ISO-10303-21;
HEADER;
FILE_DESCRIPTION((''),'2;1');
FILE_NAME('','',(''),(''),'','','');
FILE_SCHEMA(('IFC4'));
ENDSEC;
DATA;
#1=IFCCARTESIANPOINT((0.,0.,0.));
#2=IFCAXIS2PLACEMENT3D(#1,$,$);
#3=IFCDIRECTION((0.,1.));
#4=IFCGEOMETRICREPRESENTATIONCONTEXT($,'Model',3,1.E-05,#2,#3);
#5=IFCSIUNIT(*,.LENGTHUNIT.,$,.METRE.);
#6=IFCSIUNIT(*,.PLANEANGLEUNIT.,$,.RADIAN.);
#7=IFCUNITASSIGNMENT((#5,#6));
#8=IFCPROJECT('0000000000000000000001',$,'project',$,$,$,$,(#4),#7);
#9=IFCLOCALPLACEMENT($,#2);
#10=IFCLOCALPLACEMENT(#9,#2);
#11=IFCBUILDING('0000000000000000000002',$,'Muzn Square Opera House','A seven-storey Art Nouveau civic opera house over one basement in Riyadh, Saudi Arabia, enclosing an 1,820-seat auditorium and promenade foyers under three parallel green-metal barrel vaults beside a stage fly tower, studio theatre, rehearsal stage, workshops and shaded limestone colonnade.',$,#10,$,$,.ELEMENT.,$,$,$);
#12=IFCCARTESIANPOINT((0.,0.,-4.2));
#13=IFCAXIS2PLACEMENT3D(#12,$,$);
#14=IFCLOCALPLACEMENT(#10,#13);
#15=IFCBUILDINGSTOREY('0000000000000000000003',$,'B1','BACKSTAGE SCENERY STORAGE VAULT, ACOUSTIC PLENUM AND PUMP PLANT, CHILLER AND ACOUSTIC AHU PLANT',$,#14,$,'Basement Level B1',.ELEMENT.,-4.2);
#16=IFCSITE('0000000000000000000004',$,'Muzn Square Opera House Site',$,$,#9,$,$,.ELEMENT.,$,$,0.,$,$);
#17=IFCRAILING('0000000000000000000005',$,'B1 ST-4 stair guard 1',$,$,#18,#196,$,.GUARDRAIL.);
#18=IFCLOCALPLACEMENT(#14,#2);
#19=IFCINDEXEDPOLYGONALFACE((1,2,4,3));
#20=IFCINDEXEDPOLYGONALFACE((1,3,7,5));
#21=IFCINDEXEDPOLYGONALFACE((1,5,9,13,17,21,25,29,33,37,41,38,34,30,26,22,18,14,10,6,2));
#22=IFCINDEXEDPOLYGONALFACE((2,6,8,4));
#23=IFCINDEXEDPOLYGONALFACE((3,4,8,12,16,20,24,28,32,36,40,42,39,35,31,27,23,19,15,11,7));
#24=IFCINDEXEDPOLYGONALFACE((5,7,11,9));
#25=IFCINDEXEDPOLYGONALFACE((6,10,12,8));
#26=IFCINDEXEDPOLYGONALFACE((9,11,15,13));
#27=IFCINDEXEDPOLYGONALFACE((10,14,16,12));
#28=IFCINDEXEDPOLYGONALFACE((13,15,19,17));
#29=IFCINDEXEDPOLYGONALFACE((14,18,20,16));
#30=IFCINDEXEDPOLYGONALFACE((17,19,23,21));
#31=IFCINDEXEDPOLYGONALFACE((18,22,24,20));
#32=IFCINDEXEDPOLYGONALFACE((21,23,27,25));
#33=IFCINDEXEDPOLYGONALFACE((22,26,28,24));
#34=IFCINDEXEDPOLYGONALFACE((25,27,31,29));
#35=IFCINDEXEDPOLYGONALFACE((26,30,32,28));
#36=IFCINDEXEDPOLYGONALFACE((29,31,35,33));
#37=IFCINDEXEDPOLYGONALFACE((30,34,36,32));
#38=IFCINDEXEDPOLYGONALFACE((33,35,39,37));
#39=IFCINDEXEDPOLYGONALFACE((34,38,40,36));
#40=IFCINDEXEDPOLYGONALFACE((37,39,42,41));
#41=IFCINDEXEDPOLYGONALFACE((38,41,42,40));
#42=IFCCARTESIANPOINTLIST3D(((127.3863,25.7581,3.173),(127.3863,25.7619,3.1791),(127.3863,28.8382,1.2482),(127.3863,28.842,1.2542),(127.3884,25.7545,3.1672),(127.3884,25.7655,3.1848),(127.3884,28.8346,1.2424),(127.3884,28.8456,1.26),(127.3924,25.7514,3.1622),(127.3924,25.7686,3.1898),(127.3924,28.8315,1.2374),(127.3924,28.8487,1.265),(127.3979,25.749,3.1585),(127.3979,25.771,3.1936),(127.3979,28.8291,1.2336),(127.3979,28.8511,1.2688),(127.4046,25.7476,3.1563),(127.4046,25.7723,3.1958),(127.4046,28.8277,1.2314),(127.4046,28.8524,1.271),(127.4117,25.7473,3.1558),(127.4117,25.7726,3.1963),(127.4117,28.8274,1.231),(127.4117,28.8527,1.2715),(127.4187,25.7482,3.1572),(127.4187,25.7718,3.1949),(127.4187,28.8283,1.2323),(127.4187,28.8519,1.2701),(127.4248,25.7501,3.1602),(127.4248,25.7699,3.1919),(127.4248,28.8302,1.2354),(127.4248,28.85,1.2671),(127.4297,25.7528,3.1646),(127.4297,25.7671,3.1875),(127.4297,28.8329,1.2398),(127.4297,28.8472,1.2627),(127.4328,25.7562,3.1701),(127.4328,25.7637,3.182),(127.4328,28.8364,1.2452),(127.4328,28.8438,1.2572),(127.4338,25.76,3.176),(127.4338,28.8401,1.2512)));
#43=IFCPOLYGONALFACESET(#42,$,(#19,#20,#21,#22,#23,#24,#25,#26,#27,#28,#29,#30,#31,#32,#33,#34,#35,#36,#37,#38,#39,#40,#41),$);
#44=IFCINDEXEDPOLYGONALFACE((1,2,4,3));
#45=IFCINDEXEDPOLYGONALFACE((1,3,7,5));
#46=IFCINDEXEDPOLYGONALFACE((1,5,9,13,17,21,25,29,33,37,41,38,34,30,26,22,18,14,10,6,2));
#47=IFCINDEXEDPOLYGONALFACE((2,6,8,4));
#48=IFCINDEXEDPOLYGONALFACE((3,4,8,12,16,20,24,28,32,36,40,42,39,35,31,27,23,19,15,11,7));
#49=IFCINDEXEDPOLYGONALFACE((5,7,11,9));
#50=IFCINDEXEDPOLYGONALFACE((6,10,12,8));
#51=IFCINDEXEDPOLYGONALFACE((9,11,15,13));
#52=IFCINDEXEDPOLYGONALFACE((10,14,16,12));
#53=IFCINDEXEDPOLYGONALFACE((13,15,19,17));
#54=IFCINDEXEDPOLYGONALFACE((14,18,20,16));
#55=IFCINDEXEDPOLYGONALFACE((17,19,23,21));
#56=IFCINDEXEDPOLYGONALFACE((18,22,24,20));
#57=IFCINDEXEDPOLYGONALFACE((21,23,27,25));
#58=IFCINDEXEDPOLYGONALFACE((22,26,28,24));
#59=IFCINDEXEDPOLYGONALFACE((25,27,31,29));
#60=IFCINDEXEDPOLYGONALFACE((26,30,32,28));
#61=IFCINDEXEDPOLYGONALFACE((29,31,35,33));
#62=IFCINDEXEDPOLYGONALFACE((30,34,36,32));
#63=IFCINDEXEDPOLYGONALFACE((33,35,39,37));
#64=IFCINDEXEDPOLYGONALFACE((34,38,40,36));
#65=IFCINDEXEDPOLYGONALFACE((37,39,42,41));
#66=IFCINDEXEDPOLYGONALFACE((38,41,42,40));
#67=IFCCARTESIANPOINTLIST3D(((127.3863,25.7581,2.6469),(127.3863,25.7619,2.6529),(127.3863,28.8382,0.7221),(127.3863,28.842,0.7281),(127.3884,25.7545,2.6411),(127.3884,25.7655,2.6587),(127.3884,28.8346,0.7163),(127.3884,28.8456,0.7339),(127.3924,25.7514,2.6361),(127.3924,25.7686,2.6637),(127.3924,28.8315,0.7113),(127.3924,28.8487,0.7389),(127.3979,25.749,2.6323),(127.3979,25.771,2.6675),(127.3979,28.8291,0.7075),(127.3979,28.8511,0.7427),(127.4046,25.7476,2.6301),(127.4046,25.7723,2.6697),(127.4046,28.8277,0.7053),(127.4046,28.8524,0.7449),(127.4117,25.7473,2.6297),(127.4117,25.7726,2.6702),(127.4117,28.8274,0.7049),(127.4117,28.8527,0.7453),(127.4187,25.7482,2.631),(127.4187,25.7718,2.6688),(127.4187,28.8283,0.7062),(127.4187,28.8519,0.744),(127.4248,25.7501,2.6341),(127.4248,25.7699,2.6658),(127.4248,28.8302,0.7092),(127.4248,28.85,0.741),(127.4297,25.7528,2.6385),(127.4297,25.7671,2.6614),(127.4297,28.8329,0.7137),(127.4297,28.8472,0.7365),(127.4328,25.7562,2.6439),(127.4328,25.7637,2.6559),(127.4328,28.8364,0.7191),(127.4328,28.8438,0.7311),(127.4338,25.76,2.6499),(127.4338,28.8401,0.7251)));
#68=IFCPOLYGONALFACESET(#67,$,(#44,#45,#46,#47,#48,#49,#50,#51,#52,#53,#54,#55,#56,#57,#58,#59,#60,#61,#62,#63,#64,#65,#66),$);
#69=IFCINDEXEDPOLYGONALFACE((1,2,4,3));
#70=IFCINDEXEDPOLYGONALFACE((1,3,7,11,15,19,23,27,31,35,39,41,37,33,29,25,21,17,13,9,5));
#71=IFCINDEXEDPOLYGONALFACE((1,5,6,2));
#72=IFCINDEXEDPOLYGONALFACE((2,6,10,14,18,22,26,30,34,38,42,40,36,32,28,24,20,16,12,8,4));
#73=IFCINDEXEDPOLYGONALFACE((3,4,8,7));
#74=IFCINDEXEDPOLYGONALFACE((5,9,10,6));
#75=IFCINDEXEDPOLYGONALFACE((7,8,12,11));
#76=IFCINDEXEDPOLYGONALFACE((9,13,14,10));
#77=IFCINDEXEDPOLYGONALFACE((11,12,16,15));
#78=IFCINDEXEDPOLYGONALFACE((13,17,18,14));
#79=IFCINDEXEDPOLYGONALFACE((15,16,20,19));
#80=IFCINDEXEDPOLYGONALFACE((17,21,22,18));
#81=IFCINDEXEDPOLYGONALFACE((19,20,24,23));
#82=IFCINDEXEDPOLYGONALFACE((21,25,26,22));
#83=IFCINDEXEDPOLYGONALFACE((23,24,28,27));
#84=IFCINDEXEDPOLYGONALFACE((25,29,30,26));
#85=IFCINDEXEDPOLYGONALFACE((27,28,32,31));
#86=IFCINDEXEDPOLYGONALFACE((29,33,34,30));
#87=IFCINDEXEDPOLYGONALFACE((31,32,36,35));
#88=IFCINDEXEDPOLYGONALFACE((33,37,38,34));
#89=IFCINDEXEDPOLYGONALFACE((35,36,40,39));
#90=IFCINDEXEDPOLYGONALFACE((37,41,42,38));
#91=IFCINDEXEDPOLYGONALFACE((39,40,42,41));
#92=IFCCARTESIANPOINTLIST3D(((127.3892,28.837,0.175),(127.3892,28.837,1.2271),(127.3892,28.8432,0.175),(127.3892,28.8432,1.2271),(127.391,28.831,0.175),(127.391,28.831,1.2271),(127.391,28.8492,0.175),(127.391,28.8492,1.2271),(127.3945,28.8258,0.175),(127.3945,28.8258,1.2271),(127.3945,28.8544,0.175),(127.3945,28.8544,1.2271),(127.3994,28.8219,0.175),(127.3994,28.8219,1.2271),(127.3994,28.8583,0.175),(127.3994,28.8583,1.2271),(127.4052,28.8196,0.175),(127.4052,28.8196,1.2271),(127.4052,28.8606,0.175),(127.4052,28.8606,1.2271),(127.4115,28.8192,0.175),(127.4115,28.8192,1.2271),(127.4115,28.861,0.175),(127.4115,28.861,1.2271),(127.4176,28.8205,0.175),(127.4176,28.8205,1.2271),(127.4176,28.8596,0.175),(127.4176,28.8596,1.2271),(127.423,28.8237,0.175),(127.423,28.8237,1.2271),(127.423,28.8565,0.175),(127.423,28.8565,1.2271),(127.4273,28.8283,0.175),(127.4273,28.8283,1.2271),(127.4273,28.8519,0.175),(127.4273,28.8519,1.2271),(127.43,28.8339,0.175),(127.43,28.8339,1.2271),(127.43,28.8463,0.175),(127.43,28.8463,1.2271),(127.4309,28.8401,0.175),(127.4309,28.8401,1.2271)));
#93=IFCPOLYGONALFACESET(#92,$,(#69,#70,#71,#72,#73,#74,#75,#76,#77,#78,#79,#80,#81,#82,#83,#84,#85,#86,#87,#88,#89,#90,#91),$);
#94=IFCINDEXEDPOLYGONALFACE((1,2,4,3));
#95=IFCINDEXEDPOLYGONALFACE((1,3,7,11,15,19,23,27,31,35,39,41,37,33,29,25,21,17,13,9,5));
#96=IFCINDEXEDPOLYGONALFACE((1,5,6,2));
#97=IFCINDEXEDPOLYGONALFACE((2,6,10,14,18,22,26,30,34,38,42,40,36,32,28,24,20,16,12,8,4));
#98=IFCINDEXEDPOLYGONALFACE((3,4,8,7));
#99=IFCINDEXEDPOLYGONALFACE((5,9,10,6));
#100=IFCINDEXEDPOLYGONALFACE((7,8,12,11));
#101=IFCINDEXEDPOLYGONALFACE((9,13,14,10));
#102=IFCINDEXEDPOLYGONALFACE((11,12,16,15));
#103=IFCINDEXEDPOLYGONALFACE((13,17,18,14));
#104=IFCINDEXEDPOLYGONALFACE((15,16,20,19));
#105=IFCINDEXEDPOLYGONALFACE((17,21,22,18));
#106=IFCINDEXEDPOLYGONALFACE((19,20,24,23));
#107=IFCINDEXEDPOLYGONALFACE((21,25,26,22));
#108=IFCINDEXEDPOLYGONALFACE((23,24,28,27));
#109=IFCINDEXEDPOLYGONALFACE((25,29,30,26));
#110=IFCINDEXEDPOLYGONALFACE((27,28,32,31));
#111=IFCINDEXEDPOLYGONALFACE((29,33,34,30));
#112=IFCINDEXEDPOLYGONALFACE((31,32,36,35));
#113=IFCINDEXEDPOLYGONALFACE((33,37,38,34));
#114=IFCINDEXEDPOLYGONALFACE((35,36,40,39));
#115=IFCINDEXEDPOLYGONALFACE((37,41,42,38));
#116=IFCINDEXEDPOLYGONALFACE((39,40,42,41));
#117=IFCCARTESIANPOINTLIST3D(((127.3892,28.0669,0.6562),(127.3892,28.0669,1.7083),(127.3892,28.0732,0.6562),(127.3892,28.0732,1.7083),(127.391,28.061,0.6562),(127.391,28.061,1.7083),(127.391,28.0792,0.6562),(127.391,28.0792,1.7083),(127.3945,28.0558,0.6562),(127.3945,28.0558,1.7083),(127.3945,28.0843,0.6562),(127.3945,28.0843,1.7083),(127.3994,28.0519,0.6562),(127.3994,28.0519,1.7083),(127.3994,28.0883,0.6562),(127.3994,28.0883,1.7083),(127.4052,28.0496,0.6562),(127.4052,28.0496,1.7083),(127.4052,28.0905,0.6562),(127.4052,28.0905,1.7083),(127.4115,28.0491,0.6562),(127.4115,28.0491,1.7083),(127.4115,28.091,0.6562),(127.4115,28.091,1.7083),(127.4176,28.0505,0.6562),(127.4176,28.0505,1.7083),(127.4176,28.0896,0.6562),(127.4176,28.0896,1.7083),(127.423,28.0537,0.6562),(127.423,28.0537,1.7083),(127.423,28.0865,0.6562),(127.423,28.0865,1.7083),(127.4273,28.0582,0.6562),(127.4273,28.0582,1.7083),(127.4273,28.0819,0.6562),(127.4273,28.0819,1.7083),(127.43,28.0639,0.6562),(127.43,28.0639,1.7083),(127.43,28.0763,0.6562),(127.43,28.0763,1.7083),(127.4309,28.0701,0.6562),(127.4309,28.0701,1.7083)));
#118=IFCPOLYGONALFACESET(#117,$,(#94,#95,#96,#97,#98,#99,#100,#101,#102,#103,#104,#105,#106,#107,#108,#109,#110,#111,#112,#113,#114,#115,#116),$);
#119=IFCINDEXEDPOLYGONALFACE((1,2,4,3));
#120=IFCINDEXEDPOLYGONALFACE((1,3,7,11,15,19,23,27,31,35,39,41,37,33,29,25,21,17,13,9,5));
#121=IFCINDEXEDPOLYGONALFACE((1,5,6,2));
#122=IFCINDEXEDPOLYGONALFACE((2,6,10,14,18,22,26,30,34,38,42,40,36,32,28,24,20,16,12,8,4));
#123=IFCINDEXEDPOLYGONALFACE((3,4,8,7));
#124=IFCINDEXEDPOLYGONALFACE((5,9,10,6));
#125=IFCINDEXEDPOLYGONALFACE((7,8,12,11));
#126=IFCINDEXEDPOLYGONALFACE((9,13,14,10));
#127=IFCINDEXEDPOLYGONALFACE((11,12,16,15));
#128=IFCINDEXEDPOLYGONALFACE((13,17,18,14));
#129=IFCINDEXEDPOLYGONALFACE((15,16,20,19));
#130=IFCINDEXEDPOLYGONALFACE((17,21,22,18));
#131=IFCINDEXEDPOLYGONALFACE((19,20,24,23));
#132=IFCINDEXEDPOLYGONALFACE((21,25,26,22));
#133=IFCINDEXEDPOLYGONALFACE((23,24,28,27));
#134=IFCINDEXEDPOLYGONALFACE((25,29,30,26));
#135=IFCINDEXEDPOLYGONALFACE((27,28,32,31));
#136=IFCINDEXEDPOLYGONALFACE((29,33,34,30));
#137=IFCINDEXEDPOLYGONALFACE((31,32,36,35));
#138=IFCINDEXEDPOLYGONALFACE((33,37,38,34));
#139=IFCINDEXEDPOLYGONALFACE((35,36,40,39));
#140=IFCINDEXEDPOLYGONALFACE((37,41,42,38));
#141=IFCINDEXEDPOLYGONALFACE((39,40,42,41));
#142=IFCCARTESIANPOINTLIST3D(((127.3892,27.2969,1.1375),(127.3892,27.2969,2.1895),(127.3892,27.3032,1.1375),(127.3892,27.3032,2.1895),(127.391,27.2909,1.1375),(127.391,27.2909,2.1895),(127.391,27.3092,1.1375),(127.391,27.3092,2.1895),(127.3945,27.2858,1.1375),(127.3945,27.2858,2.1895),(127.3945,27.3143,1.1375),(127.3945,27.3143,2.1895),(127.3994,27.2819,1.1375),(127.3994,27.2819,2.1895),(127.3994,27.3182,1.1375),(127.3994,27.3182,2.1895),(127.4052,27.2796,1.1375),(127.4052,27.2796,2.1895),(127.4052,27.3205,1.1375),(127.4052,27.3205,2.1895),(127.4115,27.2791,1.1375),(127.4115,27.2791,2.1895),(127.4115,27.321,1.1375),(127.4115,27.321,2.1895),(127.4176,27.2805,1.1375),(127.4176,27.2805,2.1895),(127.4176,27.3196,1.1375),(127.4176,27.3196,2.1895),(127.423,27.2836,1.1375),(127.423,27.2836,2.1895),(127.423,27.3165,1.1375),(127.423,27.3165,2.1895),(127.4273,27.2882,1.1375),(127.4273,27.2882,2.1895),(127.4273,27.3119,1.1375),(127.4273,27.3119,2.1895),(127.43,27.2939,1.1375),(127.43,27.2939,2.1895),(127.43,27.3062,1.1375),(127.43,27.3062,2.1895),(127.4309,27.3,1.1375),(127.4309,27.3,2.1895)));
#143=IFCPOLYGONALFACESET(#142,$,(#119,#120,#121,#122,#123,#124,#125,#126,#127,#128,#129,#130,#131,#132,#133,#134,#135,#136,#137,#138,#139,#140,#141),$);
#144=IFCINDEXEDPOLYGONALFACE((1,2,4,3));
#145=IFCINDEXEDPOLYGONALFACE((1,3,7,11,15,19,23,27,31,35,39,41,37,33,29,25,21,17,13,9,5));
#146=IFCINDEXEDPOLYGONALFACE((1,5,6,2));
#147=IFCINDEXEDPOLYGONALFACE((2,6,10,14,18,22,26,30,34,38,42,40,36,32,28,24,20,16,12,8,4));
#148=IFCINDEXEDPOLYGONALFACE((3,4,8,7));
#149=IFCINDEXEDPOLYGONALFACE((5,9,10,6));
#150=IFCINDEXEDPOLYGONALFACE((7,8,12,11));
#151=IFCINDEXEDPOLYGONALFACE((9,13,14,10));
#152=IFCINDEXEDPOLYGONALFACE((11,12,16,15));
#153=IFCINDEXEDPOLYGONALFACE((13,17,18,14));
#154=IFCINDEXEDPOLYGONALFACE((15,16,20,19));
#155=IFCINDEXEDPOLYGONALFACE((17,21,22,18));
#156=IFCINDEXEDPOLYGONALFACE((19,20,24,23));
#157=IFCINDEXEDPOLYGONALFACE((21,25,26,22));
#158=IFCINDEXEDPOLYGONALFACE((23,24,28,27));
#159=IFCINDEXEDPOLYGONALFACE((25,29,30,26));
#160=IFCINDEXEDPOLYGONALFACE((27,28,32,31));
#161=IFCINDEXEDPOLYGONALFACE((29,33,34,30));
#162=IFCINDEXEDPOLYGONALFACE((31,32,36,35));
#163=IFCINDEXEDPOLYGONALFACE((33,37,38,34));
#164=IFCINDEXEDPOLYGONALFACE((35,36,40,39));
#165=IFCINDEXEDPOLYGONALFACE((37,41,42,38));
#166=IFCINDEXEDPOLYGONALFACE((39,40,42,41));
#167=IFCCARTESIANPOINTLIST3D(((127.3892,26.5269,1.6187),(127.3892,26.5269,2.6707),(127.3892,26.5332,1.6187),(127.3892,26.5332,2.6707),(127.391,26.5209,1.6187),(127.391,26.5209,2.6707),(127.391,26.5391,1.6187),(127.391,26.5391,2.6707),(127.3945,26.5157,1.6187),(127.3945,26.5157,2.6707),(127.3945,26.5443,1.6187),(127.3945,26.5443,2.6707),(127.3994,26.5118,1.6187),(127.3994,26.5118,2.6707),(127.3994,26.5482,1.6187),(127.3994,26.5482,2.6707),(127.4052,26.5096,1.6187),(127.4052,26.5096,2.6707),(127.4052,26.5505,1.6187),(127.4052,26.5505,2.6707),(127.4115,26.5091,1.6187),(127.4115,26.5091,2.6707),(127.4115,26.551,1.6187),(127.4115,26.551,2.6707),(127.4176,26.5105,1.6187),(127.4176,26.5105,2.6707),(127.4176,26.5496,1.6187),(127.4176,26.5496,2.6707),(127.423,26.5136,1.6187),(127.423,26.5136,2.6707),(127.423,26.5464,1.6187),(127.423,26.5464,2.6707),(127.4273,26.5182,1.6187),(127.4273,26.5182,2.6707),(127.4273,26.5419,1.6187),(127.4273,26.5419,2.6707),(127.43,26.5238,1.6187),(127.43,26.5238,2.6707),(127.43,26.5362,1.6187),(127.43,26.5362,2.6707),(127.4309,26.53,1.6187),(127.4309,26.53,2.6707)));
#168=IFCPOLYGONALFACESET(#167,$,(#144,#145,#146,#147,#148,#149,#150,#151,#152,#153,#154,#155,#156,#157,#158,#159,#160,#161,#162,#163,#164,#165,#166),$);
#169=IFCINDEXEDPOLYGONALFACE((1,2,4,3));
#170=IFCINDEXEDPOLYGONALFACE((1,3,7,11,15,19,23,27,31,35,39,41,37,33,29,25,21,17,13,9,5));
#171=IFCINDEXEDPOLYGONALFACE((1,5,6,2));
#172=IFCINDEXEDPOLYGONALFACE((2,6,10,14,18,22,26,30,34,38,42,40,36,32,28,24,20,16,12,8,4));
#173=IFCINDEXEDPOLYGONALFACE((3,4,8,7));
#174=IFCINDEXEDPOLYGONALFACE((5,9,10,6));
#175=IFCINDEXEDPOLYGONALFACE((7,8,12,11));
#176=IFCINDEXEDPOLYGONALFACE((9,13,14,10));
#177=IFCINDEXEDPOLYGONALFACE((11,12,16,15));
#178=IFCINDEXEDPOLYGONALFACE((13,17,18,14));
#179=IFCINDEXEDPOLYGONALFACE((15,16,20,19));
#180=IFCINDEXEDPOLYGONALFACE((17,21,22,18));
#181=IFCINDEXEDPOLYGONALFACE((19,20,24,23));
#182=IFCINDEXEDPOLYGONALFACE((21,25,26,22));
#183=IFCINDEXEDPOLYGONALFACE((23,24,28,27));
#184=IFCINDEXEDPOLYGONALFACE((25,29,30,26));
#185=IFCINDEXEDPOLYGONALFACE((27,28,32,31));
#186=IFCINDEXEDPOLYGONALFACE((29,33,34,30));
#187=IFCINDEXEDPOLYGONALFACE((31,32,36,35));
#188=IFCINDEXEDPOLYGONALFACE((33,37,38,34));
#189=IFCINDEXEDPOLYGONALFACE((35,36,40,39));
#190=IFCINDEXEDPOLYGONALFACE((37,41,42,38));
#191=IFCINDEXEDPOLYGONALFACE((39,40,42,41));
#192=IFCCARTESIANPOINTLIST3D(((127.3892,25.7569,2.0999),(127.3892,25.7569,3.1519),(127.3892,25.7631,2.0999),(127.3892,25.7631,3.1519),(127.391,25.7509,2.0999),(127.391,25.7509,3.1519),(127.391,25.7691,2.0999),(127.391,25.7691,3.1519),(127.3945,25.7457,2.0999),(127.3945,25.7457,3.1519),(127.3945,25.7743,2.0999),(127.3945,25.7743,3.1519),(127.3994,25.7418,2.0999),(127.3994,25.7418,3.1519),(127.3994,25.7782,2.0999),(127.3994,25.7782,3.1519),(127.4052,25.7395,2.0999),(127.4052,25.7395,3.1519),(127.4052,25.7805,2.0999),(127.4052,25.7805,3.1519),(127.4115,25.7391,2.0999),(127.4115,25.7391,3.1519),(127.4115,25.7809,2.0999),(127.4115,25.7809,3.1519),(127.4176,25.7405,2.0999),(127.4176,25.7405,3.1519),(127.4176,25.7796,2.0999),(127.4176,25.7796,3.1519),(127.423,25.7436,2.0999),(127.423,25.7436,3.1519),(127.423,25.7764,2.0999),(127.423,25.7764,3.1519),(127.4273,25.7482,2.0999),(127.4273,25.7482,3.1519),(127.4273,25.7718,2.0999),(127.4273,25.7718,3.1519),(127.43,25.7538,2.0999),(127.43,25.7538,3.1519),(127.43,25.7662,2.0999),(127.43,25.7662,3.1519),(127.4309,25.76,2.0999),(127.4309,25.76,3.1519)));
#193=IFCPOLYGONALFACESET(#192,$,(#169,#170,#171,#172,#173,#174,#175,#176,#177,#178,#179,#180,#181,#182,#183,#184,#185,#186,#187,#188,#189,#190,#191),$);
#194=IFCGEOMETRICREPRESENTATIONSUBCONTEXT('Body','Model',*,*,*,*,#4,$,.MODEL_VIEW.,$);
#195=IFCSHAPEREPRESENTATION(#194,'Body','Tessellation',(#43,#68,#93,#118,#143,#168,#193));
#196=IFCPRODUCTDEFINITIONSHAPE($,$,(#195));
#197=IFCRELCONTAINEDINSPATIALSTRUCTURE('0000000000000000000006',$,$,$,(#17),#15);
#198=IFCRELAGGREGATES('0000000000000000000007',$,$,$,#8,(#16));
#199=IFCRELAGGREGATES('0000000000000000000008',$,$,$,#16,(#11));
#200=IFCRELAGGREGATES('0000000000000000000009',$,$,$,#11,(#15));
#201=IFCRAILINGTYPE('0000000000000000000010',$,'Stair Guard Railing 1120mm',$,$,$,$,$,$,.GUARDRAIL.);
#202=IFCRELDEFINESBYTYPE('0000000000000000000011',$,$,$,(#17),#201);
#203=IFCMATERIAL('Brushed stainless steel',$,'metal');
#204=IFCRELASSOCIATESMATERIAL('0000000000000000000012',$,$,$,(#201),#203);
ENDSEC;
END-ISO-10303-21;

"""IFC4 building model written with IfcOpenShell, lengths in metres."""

from ifc_helpers import new_model, si_unit, direction, frame, origin, origin_2d, place, context, subcontext, project, spatial, circle, extrude, material, type_object, element, save


model = new_model("IFC4")

# Units and contexts
model_context = context("Model", 3, precision=1e-05, world=origin(), true_north=direction((0.0, 1.0)))
body_context = subcontext(model_context, "Body", "Model", "MODEL_VIEW")
ifc_project = project(units=[si_unit("LENGTHUNIT", "METRE"), si_unit("PLANEANGLEUNIT", "RADIAN")], contexts=[model_context])

# Site, building, storey
site_placement = place(None, origin())
site = spatial("IfcSite", under=ifc_project, at=site_placement, Name="Muzn Square Opera House Site", CompositionType="ELEMENT", RefElevation=0.0)
building_placement = place(site_placement, origin())
building = spatial("IfcBuilding", under=site, at=building_placement, Name="Muzn Square Opera House", Description="A seven-storey Art Nouveau civic opera house over one basement in Riyadh, Saudi Arabia, enclosing an 1,820-seat auditorium and promenade foyers under three parallel green-metal barrel vaults beside a stage fly tower, studio theatre, rehearsal stage, workshops and shaded limestone colonnade.", CompositionType="ELEMENT")
storey_placement = place(building_placement, frame((0.0, 0.0, -4.2)))
storey = spatial("IfcBuildingStorey", under=building, at=storey_placement, Name="B1", Description="BACKSTAGE SCENERY STORAGE VAULT, ACOUSTIC PLENUM AND PUMP PLANT, CHILLER AND ACOUSTIC AHU PLANT", LongName="Basement Level B1", CompositionType="ELEMENT", Elevation=-4.2)

# Shared definitions
ifc_material_1 = material(Name="Brushed stainless steel", Category="metal")

# Railing
railing_type_1 = type_object("IfcRailingType", Name="Stair Guard Railing 1120mm", PredefinedType="GUARDRAIL", material=ifc_material_1)
railing_1_placement = place(storey_placement, frame((127.4099, 28.8401, 0.175)))
element("IfcRailing", 1, at=railing_1_placement, inside=storey, type_object=railing_type_1, Name="B1 ST-4 stair guard 1", PredefinedType="GUARDRAIL", context=body_context, shape_type="SweptSolid", body=[
    extrude(circle(Radius=0.0239, at=origin_2d()), frame((0.0, 0.0, 1.0762), z_axis=(0.0, -0.848029, 0.529951), x_axis=(1.0, 0.0, 0.0)), (0.0, 0.0, 1.0), 3.6321),
    extrude(circle(Radius=0.0239, at=origin_2d()), frame((0.0, 0.0, 0.55), z_axis=(0.0, -0.848029, 0.529951), x_axis=(1.0, 0.0, 0.0)), (0.0, 0.0, 1.0), 3.6321),
    extrude(circle(Radius=0.021, at=origin_2d()), origin(), (0.0, 0.0, 1.0), 1.052),
    extrude(circle(Radius=0.021, at=origin_2d()), frame((0.0, -0.77, 0.4812)), (0.0, 0.0, 1.0), 1.052),
    extrude(circle(Radius=0.021, at=origin_2d()), frame((0.0, -1.54, 0.9624)), (0.0, 0.0, 1.0), 1.052),
    extrude(circle(Radius=0.021, at=origin_2d()), frame((0.0, -2.3101, 1.4436)), (0.0, 0.0, 1.0), 1.052),
    extrude(circle(Radius=0.021, at=origin_2d()), frame((0.0, -3.0801, 1.9248)), (0.0, 0.0, 1.0), 1.052),
])

save(model, "model.ifc")
